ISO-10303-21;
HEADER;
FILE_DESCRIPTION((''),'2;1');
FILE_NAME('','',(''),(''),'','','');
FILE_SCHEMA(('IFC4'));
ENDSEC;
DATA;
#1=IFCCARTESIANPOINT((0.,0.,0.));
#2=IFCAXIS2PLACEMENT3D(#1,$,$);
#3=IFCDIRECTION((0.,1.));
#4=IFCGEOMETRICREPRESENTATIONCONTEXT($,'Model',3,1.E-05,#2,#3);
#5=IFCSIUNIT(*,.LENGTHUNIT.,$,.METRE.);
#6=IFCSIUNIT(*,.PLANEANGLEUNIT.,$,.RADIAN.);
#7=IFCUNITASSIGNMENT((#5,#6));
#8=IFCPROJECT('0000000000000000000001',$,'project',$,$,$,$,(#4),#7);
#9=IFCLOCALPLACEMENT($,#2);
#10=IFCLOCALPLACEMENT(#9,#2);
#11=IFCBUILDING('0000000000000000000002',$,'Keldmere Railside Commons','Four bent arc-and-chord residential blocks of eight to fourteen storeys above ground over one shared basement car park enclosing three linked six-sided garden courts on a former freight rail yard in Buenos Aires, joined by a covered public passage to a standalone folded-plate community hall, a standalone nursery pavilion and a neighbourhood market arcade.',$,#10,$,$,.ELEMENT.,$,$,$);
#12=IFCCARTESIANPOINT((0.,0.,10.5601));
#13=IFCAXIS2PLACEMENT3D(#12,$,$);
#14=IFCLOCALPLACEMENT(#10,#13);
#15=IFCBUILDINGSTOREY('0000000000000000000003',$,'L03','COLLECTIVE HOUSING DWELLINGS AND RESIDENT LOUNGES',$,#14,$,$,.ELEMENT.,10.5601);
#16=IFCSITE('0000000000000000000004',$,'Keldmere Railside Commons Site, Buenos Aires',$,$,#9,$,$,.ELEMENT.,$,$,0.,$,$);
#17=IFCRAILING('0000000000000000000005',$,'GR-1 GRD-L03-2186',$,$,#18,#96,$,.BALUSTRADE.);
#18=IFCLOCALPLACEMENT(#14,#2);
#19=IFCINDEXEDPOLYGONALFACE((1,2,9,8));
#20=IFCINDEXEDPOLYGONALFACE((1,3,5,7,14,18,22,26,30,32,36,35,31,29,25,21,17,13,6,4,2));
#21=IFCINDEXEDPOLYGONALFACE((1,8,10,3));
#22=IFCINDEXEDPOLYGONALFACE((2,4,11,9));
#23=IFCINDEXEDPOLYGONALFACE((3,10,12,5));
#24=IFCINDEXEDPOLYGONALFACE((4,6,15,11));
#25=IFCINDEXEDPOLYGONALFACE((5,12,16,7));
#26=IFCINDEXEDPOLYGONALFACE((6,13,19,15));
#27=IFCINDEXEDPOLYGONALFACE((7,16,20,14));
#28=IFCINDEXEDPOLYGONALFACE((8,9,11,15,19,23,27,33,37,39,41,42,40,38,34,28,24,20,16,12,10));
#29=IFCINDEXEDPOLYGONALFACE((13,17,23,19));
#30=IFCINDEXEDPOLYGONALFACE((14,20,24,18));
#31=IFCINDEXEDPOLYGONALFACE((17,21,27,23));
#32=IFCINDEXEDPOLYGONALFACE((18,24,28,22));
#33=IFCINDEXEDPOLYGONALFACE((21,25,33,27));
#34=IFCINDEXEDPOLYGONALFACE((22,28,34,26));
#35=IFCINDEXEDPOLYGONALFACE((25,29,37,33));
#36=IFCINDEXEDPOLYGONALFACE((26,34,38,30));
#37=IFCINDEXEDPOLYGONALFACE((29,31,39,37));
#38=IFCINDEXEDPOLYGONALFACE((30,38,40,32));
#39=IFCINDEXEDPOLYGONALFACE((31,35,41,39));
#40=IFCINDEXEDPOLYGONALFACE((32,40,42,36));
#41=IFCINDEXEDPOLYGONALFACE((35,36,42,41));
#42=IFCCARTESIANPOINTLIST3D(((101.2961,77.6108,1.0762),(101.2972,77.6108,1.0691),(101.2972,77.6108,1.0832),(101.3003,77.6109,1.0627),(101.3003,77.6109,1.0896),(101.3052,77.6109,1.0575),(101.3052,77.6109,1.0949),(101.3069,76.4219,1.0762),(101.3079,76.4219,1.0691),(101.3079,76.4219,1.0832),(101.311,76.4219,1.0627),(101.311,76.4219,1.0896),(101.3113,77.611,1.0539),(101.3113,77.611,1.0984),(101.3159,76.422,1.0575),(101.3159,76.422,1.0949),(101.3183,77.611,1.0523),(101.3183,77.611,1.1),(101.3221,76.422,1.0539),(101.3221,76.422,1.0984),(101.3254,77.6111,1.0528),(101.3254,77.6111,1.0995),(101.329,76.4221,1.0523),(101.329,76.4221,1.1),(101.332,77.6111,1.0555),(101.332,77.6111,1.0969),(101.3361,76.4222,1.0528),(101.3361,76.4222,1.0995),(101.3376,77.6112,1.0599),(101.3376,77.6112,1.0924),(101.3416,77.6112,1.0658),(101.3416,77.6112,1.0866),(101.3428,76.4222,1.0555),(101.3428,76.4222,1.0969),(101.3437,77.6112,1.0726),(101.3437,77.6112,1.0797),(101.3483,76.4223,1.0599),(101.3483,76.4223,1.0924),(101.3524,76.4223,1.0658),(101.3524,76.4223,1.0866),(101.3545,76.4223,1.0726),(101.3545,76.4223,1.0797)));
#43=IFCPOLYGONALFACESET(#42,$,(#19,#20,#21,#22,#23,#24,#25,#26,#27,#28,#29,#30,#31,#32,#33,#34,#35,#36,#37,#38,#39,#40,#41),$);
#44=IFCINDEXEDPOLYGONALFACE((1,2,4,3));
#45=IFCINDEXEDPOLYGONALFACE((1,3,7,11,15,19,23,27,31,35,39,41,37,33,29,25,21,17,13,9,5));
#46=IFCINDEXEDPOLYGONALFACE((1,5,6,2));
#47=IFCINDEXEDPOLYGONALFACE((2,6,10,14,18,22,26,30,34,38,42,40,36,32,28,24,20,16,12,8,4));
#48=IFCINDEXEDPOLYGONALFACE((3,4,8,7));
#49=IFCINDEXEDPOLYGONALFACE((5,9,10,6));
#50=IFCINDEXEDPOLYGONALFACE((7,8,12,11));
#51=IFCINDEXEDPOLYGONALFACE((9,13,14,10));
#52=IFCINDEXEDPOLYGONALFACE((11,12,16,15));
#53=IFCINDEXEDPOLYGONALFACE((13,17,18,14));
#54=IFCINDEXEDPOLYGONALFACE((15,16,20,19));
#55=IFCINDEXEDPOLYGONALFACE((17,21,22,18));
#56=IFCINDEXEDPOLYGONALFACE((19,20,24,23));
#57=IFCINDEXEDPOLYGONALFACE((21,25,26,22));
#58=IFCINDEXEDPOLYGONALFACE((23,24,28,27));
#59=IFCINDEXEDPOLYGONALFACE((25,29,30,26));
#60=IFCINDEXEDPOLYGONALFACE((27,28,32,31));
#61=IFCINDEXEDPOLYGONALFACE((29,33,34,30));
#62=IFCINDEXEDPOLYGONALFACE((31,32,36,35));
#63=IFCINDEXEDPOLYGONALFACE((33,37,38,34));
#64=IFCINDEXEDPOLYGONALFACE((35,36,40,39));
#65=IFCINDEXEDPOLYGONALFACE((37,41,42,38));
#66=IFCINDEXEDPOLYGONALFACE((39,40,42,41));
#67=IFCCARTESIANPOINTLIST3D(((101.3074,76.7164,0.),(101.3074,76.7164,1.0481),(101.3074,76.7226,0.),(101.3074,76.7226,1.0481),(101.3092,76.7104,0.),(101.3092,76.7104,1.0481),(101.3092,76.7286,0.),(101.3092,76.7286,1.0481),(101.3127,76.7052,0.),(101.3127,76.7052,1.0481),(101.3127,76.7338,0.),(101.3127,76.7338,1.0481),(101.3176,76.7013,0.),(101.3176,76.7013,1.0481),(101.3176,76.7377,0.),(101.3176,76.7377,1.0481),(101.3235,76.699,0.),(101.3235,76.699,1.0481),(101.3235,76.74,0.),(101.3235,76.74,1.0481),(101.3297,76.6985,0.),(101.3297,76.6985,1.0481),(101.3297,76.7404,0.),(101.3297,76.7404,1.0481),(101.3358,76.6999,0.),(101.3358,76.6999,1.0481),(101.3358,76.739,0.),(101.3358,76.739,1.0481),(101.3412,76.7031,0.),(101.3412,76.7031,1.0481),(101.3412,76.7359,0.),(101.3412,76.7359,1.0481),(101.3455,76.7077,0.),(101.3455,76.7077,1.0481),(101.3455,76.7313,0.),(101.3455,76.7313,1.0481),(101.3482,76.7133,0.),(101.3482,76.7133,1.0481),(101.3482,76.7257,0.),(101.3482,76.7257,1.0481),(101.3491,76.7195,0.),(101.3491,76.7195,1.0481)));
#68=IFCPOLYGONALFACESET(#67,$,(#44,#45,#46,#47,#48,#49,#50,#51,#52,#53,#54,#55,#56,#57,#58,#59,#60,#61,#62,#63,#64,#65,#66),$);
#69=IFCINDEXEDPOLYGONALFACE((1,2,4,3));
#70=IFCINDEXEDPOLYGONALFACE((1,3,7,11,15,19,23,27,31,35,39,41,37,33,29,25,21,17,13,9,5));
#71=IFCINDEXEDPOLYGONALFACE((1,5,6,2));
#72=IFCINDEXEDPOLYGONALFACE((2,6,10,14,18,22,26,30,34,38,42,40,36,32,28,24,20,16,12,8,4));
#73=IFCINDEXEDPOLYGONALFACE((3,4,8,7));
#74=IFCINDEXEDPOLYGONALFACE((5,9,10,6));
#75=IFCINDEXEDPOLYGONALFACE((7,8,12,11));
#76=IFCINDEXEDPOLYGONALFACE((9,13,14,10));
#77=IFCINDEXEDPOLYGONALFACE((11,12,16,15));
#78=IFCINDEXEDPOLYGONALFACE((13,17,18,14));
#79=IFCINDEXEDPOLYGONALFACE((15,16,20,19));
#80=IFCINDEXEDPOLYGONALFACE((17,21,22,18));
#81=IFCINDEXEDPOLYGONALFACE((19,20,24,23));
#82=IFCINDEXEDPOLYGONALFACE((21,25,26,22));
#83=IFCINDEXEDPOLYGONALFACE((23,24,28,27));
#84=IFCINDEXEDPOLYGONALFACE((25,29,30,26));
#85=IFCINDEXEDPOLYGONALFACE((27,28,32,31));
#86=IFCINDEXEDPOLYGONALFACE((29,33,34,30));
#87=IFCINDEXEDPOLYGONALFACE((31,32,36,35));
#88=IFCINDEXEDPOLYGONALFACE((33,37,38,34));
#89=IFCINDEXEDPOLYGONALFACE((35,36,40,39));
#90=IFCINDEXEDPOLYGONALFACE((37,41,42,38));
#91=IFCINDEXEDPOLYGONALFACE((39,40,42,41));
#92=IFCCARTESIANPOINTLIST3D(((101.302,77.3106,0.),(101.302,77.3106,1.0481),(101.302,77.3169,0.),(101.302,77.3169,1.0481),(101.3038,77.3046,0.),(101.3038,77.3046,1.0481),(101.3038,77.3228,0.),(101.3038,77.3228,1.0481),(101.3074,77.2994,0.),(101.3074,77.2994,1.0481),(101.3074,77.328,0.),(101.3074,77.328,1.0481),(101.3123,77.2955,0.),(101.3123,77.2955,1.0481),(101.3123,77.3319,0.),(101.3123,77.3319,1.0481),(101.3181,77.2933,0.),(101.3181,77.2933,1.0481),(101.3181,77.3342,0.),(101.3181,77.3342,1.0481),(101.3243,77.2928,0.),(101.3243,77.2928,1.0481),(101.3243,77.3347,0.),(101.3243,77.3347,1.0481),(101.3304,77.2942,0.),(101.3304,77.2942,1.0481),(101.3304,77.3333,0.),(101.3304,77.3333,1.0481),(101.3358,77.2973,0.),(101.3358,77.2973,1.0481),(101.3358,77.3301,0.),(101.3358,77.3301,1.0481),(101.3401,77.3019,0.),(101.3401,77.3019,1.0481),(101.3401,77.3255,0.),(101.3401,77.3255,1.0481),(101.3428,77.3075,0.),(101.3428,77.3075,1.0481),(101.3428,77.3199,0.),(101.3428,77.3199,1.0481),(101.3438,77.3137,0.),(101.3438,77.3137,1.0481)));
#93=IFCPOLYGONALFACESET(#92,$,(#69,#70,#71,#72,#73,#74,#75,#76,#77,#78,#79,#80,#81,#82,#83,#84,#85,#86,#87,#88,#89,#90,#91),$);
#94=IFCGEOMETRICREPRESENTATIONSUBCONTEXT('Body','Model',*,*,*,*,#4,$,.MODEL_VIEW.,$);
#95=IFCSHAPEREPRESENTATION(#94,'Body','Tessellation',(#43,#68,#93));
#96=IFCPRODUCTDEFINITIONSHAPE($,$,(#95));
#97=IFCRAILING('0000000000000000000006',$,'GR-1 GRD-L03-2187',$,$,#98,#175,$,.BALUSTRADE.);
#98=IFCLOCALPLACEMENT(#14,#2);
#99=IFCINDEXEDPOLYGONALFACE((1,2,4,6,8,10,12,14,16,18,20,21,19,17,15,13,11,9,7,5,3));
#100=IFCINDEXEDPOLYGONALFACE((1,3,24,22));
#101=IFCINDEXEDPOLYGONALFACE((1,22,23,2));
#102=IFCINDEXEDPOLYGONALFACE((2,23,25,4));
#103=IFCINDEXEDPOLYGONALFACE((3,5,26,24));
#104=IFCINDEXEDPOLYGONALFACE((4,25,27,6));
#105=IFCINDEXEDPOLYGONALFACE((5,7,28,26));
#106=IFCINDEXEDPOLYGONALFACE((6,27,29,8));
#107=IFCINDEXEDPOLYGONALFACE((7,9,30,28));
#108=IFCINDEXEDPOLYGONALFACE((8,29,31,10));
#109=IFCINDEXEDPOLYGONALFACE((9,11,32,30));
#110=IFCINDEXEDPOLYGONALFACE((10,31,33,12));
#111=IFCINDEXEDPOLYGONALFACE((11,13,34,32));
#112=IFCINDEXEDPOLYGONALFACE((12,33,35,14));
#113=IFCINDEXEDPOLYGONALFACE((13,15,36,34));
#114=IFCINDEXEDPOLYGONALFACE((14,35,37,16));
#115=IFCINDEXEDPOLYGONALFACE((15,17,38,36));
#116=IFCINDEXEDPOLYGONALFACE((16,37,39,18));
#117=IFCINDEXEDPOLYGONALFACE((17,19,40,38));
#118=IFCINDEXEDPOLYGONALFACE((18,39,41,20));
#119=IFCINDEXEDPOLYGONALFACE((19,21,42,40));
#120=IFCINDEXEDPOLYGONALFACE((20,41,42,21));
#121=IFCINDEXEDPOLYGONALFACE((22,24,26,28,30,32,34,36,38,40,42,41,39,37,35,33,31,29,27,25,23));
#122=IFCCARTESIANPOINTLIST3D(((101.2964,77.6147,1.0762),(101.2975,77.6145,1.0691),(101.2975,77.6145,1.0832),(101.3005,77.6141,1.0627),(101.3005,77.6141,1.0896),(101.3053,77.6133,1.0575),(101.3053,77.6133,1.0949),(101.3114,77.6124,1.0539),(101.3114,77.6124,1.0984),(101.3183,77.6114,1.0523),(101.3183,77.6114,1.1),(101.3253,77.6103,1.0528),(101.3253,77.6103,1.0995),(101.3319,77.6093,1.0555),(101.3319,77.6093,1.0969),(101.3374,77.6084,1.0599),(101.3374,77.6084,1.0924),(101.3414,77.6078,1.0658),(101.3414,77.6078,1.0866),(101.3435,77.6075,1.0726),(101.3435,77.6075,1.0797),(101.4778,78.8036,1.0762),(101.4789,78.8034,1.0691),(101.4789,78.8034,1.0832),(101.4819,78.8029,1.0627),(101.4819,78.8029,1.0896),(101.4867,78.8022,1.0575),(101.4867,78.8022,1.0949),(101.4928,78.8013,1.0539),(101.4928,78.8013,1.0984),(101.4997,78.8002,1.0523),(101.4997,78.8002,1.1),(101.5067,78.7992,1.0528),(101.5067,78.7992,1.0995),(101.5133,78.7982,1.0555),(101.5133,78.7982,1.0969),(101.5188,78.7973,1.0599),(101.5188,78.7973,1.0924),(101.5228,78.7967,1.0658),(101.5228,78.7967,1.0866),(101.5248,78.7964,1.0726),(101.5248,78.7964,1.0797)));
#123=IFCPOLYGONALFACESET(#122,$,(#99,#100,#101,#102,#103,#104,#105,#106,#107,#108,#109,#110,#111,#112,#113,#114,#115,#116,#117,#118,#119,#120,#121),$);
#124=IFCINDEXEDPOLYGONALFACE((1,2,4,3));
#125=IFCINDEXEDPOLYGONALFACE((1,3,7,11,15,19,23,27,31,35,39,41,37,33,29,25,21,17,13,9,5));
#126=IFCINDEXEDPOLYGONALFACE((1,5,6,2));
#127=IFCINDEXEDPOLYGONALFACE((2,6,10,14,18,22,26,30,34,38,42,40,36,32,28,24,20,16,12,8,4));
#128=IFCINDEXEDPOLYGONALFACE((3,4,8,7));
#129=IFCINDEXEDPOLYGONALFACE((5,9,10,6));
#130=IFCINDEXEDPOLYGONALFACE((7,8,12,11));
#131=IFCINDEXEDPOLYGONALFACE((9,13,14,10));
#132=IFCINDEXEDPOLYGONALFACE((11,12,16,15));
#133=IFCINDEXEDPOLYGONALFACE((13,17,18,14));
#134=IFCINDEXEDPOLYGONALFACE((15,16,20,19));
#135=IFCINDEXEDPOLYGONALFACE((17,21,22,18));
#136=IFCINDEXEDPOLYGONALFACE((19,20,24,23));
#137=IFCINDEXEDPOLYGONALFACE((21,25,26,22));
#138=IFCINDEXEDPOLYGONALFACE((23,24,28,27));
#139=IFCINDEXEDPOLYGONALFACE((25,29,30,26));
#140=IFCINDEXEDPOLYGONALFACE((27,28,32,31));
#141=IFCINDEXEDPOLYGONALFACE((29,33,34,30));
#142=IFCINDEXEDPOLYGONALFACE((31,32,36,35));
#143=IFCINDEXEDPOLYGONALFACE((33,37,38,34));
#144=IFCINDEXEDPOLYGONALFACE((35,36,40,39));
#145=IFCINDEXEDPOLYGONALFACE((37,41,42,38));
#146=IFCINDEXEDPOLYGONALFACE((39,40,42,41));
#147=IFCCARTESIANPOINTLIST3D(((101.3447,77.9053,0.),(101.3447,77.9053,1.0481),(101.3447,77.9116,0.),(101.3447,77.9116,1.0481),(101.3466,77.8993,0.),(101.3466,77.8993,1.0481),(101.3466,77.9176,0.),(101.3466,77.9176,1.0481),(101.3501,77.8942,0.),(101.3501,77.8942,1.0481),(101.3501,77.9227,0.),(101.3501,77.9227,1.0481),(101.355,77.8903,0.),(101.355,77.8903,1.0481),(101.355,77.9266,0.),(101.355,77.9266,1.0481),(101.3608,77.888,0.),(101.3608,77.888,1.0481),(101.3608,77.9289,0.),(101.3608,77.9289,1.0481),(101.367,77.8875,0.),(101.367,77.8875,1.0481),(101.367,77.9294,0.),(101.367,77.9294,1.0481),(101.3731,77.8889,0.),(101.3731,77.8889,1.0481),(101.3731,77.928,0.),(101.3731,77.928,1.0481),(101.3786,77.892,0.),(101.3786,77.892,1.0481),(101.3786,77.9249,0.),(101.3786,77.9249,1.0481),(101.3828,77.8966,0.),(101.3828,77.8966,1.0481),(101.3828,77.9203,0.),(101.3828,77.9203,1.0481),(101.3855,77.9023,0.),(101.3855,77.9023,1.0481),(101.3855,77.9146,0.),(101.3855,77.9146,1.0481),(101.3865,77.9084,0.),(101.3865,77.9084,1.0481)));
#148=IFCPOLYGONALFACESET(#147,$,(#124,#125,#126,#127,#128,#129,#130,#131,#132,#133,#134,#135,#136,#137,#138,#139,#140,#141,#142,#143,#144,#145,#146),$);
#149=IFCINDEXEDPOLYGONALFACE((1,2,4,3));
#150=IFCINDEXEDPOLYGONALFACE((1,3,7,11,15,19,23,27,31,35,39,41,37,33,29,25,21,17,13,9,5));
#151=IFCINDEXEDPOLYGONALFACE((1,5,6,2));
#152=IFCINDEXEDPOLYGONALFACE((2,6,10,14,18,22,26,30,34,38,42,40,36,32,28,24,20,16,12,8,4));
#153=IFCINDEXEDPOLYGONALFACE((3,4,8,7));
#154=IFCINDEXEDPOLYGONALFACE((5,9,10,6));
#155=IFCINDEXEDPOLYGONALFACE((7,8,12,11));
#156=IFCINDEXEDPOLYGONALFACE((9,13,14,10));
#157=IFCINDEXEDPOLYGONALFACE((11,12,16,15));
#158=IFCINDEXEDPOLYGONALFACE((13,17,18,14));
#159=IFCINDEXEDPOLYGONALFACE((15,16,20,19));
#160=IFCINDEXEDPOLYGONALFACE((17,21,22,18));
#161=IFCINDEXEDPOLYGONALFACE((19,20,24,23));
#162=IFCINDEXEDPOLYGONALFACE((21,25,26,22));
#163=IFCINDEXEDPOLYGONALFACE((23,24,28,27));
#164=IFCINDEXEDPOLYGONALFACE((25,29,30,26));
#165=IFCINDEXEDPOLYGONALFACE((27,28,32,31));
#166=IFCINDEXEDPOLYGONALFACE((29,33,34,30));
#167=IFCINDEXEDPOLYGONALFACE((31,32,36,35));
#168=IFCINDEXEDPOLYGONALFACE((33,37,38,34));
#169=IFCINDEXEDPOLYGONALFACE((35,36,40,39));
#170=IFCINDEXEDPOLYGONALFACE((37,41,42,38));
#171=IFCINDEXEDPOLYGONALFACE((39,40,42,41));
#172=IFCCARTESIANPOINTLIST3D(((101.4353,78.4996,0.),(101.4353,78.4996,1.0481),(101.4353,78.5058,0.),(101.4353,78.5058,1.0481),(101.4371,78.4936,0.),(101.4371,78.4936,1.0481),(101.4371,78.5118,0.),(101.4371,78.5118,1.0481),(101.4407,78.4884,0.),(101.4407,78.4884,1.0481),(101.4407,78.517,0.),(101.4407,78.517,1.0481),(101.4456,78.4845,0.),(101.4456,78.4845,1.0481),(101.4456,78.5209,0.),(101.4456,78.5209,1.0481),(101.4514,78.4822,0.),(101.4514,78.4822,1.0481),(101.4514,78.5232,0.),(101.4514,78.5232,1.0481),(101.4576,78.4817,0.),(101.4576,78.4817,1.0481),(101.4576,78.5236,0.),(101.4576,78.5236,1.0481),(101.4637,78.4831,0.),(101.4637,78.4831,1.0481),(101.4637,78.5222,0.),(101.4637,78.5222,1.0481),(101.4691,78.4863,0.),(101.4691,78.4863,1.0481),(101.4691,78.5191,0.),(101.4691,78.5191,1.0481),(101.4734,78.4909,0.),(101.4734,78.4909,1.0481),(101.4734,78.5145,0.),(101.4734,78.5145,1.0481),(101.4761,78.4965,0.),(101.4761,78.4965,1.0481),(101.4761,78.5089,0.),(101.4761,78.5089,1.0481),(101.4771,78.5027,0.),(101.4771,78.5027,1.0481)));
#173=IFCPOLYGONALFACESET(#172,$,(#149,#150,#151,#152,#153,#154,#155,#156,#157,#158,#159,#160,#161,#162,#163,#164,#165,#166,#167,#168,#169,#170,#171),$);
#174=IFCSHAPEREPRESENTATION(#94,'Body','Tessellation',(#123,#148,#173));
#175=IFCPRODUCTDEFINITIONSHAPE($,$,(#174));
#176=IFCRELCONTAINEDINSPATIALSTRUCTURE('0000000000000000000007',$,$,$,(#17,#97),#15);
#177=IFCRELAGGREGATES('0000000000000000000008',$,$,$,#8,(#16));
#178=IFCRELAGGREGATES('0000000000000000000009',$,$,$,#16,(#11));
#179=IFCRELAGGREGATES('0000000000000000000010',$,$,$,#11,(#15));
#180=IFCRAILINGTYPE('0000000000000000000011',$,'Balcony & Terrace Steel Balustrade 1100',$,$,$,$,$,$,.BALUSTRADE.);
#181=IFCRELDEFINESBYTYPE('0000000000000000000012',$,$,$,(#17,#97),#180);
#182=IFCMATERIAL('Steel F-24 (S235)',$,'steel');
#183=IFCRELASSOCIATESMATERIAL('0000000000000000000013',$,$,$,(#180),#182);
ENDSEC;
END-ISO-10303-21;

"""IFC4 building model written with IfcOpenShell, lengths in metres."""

from ifc_helpers import new_model, si_unit, direction, frame, origin, origin_2d, place, context, subcontext, project, spatial, circle, extrude, material, type_object, element, save


model = new_model("IFC4")

# Units and contexts
model_context = context("Model", 3, precision=1e-05, world=origin(), true_north=direction((0.0, 1.0)))
body_context = subcontext(model_context, "Body", "Model", "MODEL_VIEW")
ifc_project = project(units=[si_unit("LENGTHUNIT", "METRE"), si_unit("PLANEANGLEUNIT", "RADIAN")], contexts=[model_context])

# Site, building, storey
site_placement = place(None, origin())
site = spatial("IfcSite", under=ifc_project, at=site_placement, Name="Keldmere Railside Commons Site, Buenos Aires", CompositionType="ELEMENT", RefElevation=0.0)
building_placement = place(site_placement, origin())
building = spatial("IfcBuilding", under=site, at=building_placement, Name="Keldmere Railside Commons", Description="Four bent arc-and-chord residential blocks of eight to fourteen storeys above ground over one shared basement car park enclosing three linked six-sided garden courts on a former freight rail yard in Buenos Aires, joined by a covered public passage to a standalone folded-plate community hall, a standalone nursery pavilion and a neighbourhood market arcade.", CompositionType="ELEMENT")
storey_placement = place(building_placement, frame((0.0, 0.0, 10.5601)))
storey = spatial("IfcBuildingStorey", under=building, at=storey_placement, Name="L03", Description="COLLECTIVE HOUSING DWELLINGS AND RESIDENT LOUNGES", CompositionType="ELEMENT", Elevation=10.5601)

# Railings
ifc_material_1 = material(Name="Steel F-24 (S235)", Category="steel")
railing_type = type_object("IfcRailingType", Name="Balcony & Terrace Steel Balustrade 1100", PredefinedType="BALUSTRADE", material=ifc_material_1)
railing_1_placement = place(storey_placement, frame((101.3308, 76.4221, 0.0)))
element("IfcRailing", 1, at=railing_1_placement, inside=storey, type_object=railing_type, Name="GR-1 GRD-L03-2186", PredefinedType="BALUSTRADE", context=body_context, shape_type="SweptSolid", body=[
    extrude(circle(Radius=0.0239, at=origin_2d()), frame((0.0, 0.0, 1.0762), z_axis=(-0.009035, 0.999959, 0.0), x_axis=(-0.999959, -0.009035, 0.0)), (0.0, 0.0, 1.0), 1.189),
    extrude(circle(Radius=0.021, at=origin_2d()), frame((-0.0027, 0.2974, 0.0)), (0.0, 0.0, 1.0), 1.0481),
    extrude(circle(Radius=0.021, at=origin_2d()), frame((-0.0081, 0.8916, 0.0)), (0.0, 0.0, 1.0), 1.0481),
])
railing_2_placement = place(storey_placement, frame((101.3201, 77.6111, 0.0)))
element("IfcRailing", 2, at=railing_2_placement, inside=storey, type_object=railing_type, Name="GR-1 GRD-L03-2187", PredefinedType="BALUSTRADE", context=body_context, shape_type="SweptSolid", body=[
    extrude(circle(Radius=0.0239, at=origin_2d()), frame((0.0, 0.0, 1.0762), z_axis=(0.150822, 0.988561, 0.0), x_axis=(-0.988561, 0.150822, 0.0)), (0.0, 0.0, 1.0), 1.2026),
    extrude(circle(Radius=0.021, at=origin_2d()), frame((0.0454, 0.2974, 0.0)), (0.0, 0.0, 1.0), 1.0481),
    extrude(circle(Radius=0.021, at=origin_2d()), frame((0.136, 0.8916, 0.0)), (0.0, 0.0, 1.0), 1.0481),
])

save(model, "model.ifc")
